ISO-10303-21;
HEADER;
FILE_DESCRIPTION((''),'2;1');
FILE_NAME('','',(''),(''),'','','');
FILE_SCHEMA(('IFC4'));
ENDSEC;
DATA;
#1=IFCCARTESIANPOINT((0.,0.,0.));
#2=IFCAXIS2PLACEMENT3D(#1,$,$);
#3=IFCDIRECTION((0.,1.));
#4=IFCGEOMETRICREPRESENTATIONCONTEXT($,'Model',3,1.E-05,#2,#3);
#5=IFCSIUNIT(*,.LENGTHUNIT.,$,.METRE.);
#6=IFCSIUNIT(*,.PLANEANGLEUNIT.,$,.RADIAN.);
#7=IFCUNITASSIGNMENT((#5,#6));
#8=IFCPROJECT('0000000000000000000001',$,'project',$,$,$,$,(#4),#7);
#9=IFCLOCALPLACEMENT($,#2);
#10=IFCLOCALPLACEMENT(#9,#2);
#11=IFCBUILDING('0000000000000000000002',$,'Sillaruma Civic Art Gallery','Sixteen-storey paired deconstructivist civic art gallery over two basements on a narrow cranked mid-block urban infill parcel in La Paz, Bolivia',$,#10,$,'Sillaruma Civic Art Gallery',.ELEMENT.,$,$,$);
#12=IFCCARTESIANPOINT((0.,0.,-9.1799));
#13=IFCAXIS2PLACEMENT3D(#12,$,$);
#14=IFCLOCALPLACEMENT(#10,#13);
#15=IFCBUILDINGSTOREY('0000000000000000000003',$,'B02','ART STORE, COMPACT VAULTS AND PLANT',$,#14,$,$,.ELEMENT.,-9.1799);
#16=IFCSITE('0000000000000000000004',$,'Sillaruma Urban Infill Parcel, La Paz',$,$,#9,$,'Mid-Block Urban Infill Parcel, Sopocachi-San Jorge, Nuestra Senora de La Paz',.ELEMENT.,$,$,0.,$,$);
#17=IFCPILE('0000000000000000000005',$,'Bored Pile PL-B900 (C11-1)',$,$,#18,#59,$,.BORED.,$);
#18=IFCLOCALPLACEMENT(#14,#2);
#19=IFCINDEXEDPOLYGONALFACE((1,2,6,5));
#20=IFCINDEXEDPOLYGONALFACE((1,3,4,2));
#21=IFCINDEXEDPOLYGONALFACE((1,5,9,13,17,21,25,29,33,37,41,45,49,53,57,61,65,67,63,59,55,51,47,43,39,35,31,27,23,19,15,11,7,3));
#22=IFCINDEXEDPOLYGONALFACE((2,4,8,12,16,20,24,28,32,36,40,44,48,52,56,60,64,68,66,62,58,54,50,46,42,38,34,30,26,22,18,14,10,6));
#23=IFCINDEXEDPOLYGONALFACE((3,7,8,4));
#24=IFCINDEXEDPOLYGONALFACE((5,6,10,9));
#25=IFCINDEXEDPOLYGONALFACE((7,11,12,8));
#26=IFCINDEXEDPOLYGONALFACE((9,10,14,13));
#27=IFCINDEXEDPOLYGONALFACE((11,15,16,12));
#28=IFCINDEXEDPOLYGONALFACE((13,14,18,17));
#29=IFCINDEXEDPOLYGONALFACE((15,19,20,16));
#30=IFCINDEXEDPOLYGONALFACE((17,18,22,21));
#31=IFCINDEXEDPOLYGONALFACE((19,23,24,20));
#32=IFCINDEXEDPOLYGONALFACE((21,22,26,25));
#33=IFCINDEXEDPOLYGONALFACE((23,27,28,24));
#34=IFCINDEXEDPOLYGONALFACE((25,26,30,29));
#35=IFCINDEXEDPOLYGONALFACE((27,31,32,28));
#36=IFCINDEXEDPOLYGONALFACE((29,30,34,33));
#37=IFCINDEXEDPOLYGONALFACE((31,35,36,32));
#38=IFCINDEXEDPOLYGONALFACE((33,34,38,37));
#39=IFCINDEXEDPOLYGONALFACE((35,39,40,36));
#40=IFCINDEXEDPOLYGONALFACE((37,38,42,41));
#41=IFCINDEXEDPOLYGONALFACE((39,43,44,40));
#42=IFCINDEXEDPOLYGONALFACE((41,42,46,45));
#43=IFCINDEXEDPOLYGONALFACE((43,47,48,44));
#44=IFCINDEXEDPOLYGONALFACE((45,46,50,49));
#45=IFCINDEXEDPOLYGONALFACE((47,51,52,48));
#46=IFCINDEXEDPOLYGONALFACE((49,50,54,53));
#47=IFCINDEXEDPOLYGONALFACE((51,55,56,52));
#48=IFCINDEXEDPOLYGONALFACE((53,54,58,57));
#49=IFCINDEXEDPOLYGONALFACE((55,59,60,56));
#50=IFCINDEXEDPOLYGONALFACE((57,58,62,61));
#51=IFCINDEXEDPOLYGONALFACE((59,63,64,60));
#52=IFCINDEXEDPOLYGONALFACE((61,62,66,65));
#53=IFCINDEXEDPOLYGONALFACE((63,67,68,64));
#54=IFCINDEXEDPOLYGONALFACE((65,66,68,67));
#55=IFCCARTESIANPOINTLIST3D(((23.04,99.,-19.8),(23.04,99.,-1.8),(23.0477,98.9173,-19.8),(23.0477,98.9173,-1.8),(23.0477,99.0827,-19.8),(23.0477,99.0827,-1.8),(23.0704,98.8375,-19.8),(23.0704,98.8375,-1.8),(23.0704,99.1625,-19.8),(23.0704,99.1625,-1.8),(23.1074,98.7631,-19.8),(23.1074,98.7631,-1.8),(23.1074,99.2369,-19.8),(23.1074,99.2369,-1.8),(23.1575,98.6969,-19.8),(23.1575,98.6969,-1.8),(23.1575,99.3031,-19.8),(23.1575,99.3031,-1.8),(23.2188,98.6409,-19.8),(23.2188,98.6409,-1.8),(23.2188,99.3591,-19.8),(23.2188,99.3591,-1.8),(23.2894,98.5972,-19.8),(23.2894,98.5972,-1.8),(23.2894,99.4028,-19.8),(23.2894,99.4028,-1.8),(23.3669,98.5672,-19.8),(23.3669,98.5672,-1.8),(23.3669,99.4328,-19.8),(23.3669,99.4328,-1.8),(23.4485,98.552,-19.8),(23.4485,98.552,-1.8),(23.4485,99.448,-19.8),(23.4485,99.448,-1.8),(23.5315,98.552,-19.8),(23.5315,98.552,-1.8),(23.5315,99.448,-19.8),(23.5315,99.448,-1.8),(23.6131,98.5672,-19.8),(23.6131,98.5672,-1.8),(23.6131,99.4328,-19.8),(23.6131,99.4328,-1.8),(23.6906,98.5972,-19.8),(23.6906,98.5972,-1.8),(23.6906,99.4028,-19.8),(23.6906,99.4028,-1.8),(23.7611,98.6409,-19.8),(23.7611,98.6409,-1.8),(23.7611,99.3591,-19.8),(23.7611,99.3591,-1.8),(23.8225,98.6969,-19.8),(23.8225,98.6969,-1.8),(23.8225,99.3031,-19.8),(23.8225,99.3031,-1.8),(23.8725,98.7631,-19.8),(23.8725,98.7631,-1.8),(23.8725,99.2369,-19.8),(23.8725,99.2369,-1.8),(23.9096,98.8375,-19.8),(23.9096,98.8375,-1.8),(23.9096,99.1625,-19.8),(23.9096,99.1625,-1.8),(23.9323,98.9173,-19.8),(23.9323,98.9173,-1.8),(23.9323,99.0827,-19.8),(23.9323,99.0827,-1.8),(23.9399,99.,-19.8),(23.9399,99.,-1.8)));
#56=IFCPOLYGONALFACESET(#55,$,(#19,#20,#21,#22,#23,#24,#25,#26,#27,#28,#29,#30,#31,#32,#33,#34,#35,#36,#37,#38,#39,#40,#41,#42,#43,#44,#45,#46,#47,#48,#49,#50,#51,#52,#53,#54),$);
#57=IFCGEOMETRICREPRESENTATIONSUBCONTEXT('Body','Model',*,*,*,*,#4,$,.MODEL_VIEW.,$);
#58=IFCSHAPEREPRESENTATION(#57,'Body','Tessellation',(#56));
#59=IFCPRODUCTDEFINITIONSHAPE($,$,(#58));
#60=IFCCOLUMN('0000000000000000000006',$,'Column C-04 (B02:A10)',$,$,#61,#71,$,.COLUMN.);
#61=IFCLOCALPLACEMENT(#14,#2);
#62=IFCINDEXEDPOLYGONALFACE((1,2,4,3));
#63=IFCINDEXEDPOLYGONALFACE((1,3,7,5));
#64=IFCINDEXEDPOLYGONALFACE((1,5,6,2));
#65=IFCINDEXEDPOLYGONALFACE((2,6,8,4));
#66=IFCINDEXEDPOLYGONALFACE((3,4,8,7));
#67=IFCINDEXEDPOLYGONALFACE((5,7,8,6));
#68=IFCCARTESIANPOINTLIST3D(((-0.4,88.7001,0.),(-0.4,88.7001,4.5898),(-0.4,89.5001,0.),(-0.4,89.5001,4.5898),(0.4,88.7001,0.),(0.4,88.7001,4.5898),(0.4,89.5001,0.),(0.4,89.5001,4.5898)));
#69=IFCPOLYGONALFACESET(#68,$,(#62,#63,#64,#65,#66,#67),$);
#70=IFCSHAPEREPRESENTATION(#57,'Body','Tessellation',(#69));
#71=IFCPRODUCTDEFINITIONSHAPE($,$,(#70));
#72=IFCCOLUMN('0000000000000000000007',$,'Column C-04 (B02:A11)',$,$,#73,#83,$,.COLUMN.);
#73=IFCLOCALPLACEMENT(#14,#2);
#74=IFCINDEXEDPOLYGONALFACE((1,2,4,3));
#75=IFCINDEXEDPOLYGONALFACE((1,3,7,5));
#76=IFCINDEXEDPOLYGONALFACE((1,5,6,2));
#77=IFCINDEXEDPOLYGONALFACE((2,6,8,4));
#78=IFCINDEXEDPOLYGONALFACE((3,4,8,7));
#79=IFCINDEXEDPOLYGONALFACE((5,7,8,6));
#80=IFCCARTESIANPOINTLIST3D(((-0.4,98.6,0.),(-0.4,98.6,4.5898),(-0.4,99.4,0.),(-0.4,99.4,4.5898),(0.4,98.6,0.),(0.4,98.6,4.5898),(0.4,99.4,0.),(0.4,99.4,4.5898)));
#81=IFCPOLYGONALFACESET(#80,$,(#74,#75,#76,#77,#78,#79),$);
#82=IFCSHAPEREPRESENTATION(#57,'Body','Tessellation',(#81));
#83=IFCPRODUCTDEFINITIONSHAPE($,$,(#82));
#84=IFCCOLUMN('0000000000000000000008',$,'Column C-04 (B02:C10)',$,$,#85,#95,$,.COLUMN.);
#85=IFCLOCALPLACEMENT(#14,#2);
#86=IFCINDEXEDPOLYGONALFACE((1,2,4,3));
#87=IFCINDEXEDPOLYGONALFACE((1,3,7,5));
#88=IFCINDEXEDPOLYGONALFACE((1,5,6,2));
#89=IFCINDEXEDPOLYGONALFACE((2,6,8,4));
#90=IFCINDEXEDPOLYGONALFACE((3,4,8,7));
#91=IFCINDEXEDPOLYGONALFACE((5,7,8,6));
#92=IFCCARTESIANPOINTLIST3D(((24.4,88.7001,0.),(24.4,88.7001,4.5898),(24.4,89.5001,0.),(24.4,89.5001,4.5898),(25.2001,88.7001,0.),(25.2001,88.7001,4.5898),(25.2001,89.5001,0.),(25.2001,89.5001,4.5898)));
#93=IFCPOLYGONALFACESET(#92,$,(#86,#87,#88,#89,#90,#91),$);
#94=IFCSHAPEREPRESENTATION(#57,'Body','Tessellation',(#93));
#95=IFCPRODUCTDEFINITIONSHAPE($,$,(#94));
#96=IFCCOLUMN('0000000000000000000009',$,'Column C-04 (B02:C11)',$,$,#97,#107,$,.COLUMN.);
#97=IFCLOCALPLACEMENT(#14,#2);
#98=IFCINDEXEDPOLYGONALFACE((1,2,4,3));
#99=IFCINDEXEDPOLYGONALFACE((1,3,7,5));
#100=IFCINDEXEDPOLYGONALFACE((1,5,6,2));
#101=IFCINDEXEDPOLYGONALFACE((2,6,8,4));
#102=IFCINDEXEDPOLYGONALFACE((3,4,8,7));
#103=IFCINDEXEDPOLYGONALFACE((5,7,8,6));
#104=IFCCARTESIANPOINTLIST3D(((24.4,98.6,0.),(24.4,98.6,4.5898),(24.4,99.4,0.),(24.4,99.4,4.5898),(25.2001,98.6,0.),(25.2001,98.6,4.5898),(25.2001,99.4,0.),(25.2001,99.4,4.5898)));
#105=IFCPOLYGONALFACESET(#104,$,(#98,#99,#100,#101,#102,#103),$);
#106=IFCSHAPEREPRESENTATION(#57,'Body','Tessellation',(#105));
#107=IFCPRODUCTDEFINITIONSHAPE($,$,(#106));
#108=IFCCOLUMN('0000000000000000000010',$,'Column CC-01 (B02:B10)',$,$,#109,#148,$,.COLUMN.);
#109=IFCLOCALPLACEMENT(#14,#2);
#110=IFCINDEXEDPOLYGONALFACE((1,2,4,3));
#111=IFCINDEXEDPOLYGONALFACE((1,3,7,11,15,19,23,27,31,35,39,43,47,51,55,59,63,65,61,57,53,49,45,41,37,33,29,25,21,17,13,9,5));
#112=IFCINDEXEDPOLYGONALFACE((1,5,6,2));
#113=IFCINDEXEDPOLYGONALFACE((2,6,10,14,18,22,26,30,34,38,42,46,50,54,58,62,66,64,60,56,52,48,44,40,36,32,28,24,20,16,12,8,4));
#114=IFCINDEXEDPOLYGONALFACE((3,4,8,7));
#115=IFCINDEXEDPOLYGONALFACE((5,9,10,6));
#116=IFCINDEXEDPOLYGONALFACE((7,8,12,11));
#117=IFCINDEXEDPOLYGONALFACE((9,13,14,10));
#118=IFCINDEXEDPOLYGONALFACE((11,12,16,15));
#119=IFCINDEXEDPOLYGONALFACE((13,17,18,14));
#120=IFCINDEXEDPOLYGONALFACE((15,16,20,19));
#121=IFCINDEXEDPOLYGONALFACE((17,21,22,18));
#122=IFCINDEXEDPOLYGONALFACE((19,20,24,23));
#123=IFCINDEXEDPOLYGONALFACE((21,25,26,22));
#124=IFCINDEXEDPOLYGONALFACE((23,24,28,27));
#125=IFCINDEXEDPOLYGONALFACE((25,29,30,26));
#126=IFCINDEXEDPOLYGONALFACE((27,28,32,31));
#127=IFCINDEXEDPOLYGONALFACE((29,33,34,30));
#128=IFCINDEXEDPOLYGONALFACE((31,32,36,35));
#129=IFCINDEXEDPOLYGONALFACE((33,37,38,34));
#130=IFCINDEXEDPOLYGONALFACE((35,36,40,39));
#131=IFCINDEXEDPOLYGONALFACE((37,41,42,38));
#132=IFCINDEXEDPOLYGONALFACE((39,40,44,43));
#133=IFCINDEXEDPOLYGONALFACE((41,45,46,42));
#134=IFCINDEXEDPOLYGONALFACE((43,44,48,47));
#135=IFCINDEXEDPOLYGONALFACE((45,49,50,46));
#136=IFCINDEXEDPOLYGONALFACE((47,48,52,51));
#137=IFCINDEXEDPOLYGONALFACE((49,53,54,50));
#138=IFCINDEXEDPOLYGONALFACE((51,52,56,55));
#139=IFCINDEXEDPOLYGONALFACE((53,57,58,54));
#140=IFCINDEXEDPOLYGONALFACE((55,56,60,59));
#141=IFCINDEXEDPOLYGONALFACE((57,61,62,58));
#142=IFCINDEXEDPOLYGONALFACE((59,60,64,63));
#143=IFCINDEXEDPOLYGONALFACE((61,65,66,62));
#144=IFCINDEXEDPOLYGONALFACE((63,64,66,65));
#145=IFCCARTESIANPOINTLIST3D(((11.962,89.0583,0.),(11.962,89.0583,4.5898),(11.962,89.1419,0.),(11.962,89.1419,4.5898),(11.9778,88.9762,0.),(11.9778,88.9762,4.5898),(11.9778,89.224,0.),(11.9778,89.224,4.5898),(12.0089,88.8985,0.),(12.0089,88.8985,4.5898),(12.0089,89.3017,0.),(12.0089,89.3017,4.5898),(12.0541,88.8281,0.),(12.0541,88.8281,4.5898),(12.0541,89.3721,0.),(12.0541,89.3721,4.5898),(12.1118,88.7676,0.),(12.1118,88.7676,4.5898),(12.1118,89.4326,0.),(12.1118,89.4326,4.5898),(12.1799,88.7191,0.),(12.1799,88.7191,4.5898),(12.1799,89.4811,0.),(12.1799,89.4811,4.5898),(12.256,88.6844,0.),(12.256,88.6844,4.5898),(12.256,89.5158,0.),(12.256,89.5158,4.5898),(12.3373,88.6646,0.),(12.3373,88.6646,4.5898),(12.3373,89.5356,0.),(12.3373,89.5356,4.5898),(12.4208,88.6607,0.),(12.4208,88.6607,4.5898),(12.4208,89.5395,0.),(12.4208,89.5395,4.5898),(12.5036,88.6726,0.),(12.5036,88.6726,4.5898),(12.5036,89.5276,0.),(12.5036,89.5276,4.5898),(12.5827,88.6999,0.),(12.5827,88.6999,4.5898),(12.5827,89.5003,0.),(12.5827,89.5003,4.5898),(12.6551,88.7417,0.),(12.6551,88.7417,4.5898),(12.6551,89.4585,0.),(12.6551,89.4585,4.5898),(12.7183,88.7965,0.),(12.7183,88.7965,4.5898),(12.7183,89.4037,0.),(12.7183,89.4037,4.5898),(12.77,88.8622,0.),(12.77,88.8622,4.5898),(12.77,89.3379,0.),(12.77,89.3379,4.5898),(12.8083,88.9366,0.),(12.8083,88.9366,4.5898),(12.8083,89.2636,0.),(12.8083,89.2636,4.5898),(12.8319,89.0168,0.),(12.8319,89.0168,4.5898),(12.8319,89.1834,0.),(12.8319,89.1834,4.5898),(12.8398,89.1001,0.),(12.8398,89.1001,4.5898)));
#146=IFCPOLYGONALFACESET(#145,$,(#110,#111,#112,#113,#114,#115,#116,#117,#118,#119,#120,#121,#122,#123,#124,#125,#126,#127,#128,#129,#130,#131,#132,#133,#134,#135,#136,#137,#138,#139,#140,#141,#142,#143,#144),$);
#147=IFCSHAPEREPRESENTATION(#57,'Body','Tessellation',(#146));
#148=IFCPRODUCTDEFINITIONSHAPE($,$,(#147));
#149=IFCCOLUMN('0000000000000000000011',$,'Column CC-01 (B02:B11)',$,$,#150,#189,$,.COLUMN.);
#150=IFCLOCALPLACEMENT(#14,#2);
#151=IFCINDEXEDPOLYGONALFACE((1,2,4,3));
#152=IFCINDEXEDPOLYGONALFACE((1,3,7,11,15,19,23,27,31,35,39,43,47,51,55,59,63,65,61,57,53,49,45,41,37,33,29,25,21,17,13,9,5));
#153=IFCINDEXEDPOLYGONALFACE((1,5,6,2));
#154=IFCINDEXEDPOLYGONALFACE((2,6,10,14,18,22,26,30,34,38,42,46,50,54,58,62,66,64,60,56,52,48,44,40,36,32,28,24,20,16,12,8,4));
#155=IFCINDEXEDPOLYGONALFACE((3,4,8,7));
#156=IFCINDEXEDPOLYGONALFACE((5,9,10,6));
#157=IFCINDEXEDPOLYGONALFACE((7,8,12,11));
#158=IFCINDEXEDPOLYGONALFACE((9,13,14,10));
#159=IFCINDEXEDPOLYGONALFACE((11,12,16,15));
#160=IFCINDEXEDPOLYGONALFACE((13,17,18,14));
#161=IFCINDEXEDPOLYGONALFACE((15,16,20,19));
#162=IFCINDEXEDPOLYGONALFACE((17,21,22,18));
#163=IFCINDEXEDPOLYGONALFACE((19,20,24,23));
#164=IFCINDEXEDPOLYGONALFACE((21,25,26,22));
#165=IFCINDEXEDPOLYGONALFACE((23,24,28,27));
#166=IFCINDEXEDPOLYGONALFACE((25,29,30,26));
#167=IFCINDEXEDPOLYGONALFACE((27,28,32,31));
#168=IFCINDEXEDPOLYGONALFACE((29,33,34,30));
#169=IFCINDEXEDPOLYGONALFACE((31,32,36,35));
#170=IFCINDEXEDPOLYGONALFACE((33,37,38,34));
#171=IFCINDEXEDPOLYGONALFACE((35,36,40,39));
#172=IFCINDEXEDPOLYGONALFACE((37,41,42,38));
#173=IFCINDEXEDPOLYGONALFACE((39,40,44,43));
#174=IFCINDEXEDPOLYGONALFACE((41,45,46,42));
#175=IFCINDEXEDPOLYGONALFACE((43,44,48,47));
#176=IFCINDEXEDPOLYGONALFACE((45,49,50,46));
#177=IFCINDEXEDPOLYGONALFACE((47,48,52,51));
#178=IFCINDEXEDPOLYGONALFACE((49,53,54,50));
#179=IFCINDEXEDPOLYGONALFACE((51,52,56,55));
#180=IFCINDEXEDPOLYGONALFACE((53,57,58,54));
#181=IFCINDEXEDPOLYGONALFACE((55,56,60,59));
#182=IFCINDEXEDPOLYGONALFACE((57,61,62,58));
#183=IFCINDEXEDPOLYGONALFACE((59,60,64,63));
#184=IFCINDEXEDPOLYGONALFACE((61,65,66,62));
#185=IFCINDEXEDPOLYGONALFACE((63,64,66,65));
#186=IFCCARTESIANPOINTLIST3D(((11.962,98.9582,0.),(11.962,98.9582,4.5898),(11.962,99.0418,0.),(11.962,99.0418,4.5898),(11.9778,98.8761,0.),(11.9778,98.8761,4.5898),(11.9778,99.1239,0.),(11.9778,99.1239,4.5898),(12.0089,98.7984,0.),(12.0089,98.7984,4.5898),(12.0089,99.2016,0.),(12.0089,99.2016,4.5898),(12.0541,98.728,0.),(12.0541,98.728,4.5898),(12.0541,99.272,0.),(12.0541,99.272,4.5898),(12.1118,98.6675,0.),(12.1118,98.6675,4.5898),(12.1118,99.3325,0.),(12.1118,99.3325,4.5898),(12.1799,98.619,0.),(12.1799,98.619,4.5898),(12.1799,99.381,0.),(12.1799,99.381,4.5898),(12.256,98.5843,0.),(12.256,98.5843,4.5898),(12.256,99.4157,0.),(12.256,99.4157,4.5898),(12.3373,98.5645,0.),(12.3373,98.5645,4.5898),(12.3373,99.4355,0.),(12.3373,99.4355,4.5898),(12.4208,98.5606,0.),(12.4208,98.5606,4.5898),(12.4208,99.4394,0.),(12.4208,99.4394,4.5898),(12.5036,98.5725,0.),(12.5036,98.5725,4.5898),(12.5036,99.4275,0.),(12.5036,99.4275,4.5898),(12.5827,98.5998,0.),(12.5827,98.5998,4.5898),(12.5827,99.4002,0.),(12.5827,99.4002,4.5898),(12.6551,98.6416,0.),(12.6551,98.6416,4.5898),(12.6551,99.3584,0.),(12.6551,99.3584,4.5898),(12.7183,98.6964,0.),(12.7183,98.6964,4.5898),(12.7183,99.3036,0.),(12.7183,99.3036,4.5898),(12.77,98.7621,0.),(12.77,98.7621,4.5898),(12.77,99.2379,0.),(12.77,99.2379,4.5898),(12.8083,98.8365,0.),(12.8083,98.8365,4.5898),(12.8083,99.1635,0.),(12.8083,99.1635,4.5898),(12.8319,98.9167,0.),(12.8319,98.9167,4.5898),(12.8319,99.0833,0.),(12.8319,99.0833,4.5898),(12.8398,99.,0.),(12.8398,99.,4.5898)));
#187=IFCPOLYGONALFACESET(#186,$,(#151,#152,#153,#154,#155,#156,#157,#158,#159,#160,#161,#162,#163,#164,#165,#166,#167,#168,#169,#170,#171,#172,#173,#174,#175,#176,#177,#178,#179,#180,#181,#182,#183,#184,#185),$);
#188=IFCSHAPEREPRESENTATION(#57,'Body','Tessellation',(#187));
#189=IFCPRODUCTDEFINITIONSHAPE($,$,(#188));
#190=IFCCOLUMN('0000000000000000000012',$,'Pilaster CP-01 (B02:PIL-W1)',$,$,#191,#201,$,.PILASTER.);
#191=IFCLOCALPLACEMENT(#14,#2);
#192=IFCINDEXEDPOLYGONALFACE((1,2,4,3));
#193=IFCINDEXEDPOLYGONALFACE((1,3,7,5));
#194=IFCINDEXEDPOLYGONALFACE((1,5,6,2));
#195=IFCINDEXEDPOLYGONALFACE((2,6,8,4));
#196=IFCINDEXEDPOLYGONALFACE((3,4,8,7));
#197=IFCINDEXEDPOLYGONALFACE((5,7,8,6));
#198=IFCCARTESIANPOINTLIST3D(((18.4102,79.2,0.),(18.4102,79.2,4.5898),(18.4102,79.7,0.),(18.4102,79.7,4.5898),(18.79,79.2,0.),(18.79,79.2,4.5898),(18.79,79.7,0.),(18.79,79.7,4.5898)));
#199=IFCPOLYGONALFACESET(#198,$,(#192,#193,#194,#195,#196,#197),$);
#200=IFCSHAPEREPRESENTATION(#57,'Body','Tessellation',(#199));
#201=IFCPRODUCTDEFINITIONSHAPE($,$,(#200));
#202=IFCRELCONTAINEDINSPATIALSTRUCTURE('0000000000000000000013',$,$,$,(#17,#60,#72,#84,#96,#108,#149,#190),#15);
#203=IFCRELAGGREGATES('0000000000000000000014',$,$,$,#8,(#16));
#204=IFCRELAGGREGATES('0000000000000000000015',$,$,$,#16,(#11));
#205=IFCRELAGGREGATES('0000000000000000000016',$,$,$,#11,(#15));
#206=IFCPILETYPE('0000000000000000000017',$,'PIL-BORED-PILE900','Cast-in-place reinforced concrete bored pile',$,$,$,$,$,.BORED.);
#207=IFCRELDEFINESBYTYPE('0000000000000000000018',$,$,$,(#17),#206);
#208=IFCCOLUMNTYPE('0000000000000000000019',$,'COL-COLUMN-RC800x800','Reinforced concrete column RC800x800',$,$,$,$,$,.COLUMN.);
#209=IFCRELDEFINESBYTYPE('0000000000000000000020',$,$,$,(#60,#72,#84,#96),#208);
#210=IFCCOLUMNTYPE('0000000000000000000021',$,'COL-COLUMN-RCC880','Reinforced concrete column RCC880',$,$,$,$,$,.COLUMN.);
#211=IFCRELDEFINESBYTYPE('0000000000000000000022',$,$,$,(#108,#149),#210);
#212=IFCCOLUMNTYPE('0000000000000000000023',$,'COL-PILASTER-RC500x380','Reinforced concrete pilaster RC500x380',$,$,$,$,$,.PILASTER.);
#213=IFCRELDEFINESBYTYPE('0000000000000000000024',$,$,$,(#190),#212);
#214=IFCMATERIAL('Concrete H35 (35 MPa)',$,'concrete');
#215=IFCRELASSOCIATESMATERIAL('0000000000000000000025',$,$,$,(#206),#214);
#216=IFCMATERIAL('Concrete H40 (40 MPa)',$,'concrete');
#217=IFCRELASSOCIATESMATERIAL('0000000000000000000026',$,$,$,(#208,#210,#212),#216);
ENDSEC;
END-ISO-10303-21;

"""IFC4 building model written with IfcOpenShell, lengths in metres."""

from ifc_helpers import new_model, si_unit, direction, frame, origin, origin_2d, place, context, subcontext, project, spatial, rectangle, circle, extrude, material, material_profile, profile_set, type_object, element, save


model = new_model("IFC4")

# Units and contexts
model_context = context("Model", 3, precision=1e-05, world=origin(), true_north=direction((0.0, 1.0)))
body_context = subcontext(model_context, "Body", "Model", "MODEL_VIEW")
ifc_project = project(units=[si_unit("LENGTHUNIT", "METRE"), si_unit("PLANEANGLEUNIT", "RADIAN")], contexts=[model_context])

# Site, building, storey
site_placement = place(None, origin())
site = spatial("IfcSite", under=ifc_project, at=site_placement, Name="Sillaruma Urban Infill Parcel, La Paz", LongName="Mid-Block Urban Infill Parcel, Sopocachi-San Jorge, Nuestra Senora de La Paz", CompositionType="ELEMENT", RefElevation=0.0)
building_placement = place(site_placement, origin())
building = spatial("IfcBuilding", under=site, at=building_placement, Name="Sillaruma Civic Art Gallery", Description="Sixteen-storey paired deconstructivist civic art gallery over two basements on a narrow cranked mid-block urban infill parcel in La Paz, Bolivia", LongName="Sillaruma Civic Art Gallery", CompositionType="ELEMENT")
storey_placement = place(building_placement, frame((0.0, 0.0, -9.1799)))
storey = spatial("IfcBuildingStorey", under=building, at=storey_placement, Name="B02", Description="ART STORE, COMPACT VAULTS AND PLANT", CompositionType="ELEMENT", Elevation=-9.1799)

# Shared definitions
ifc_material_1 = material(Name="Concrete H35 (35 MPa)", Category="concrete")

# Pile
ifc_material_profile_1 = material_profile(ifc_material_1, circle(Radius=0.45, at=origin_2d()), Name="PILE900")
ifc_profile_set_1 = profile_set([ifc_material_profile_1], Name="Concrete H35 (35 MPa)")
pile_type_1 = type_object("IfcPileType", Name="PIL-BORED-PILE900", Description="Cast-in-place reinforced concrete bored pile", PredefinedType="BORED", material=ifc_profile_set_1)
for number, where, z_axis, x_axis, name in (
    (1, (23.49, 99.0, -1.8), (0.0, 0.0, -1.0), (1.0, 0.0, 0.0), "Bored Pile PL-B900 (C11-1)"),
):
    element("IfcPile", number, at=place(storey_placement, frame(where, z_axis=z_axis, x_axis=x_axis)), inside=storey, type_object=pile_type_1, Name=name, PredefinedType="BORED", context=body_context, shape_type="SweptSolid", body=[
        extrude(circle(Radius=0.45, at=origin_2d()), origin(), (0.0, 0.0, 1.0), 18.0),
    ])

# Columns
ifc_material_2 = material(Name="Concrete H40 (40 MPa)", Category="concrete")
ifc_material_profile_2 = material_profile(ifc_material_2, rectangle(XDim=0.8, YDim=0.8, at=origin_2d()), Name="RC800x800")
ifc_profile_set_2 = profile_set([ifc_material_profile_2], Name="Concrete H40 (40 MPa)")
column_type_1 = type_object("IfcColumnType", Name="COL-COLUMN-RC800x800", Description="Reinforced concrete column RC800x800", PredefinedType="COLUMN", material=ifc_profile_set_2)
for number, where, z_axis, x_axis, name in (
    (2, (0.0, 89.1001, 0.0), (0.0, 0.0, 1.0), (1.0, 0.0, 0.0), "Column C-04 (B02:A10)"),
    (3, (0.0, 99.0, 0.0), (0.0, 0.0, 1.0), (1.0, 0.0, 0.0), "Column C-04 (B02:A11)"),
    (4, (24.8, 89.1001, 0.0), (0.0, 0.0, 1.0), (1.0, 0.0, 0.0), "Column C-04 (B02:C10)"),
    (5, (24.8, 99.0, 0.0), (0.0, 0.0, 1.0), (1.0, 0.0, 0.0), "Column C-04 (B02:C11)"),
):
    element("IfcColumn", number, at=place(storey_placement, frame(where, z_axis=z_axis, x_axis=x_axis)), inside=storey, type_object=column_type_1, Name=name, PredefinedType="COLUMN", context=body_context, shape_type="SweptSolid", body=[
        extrude(rectangle(XDim=0.8, YDim=0.8, at=origin_2d()), origin(), (0.0, 0.0, 1.0), 4.5898),
    ])
ifc_material_profile_3 = material_profile(ifc_material_2, circle(Radius=0.4399, at=origin_2d()), Name="RCC880")
ifc_profile_set_3 = profile_set([ifc_material_profile_3], Name="Concrete H40 (40 MPa)")
column_type_2 = type_object("IfcColumnType", Name="COL-COLUMN-RCC880", Description="Reinforced concrete column RCC880", PredefinedType="COLUMN", material=ifc_profile_set_3)
for number, where, z_axis, x_axis, name in (
    (6, (12.3999, 89.1001, 0.0), (0.0, 0.0, 1.0), (1.0, 0.0, 0.0), "Column CC-01 (B02:B10)"),
    (7, (12.3999, 99.0, 0.0), (0.0, 0.0, 1.0), (1.0, 0.0, 0.0), "Column CC-01 (B02:B11)"),
):
    element("IfcColumn", number, at=place(storey_placement, frame(where, z_axis=z_axis, x_axis=x_axis)), inside=storey, type_object=column_type_2, Name=name, PredefinedType="COLUMN", context=body_context, shape_type="SweptSolid", body=[
        extrude(circle(Radius=0.4399, at=origin_2d()), origin(), (0.0, 0.0, 1.0), 4.5898),
    ])
ifc_material_profile_4 = material_profile(ifc_material_2, rectangle(XDim=0.3799, YDim=0.5, at=origin_2d()), Name="RC500x380")
ifc_profile_set_4 = profile_set([ifc_material_profile_4], Name="Concrete H40 (40 MPa)")
column_type_3 = type_object("IfcColumnType", Name="COL-PILASTER-RC500x380", Description="Reinforced concrete pilaster RC500x380", PredefinedType="PILASTER", material=ifc_profile_set_4)
column_placement = place(storey_placement, frame((18.6001, 79.45, 0.0), z_axis=(0.0, 0.0, 1.0), x_axis=(1.0, 0.0, 0.0)))
element("IfcColumn", 8, at=column_placement, inside=storey, type_object=column_type_3, Name="Pilaster CP-01 (B02:PIL-W1)", PredefinedType="PILASTER", context=body_context, shape_type="SweptSolid", body=[
    extrude(rectangle(XDim=0.3799, YDim=0.5, at=origin_2d()), origin(), (0.0, 0.0, 1.0), 4.5898),
])

save(model, "model.ifc")
